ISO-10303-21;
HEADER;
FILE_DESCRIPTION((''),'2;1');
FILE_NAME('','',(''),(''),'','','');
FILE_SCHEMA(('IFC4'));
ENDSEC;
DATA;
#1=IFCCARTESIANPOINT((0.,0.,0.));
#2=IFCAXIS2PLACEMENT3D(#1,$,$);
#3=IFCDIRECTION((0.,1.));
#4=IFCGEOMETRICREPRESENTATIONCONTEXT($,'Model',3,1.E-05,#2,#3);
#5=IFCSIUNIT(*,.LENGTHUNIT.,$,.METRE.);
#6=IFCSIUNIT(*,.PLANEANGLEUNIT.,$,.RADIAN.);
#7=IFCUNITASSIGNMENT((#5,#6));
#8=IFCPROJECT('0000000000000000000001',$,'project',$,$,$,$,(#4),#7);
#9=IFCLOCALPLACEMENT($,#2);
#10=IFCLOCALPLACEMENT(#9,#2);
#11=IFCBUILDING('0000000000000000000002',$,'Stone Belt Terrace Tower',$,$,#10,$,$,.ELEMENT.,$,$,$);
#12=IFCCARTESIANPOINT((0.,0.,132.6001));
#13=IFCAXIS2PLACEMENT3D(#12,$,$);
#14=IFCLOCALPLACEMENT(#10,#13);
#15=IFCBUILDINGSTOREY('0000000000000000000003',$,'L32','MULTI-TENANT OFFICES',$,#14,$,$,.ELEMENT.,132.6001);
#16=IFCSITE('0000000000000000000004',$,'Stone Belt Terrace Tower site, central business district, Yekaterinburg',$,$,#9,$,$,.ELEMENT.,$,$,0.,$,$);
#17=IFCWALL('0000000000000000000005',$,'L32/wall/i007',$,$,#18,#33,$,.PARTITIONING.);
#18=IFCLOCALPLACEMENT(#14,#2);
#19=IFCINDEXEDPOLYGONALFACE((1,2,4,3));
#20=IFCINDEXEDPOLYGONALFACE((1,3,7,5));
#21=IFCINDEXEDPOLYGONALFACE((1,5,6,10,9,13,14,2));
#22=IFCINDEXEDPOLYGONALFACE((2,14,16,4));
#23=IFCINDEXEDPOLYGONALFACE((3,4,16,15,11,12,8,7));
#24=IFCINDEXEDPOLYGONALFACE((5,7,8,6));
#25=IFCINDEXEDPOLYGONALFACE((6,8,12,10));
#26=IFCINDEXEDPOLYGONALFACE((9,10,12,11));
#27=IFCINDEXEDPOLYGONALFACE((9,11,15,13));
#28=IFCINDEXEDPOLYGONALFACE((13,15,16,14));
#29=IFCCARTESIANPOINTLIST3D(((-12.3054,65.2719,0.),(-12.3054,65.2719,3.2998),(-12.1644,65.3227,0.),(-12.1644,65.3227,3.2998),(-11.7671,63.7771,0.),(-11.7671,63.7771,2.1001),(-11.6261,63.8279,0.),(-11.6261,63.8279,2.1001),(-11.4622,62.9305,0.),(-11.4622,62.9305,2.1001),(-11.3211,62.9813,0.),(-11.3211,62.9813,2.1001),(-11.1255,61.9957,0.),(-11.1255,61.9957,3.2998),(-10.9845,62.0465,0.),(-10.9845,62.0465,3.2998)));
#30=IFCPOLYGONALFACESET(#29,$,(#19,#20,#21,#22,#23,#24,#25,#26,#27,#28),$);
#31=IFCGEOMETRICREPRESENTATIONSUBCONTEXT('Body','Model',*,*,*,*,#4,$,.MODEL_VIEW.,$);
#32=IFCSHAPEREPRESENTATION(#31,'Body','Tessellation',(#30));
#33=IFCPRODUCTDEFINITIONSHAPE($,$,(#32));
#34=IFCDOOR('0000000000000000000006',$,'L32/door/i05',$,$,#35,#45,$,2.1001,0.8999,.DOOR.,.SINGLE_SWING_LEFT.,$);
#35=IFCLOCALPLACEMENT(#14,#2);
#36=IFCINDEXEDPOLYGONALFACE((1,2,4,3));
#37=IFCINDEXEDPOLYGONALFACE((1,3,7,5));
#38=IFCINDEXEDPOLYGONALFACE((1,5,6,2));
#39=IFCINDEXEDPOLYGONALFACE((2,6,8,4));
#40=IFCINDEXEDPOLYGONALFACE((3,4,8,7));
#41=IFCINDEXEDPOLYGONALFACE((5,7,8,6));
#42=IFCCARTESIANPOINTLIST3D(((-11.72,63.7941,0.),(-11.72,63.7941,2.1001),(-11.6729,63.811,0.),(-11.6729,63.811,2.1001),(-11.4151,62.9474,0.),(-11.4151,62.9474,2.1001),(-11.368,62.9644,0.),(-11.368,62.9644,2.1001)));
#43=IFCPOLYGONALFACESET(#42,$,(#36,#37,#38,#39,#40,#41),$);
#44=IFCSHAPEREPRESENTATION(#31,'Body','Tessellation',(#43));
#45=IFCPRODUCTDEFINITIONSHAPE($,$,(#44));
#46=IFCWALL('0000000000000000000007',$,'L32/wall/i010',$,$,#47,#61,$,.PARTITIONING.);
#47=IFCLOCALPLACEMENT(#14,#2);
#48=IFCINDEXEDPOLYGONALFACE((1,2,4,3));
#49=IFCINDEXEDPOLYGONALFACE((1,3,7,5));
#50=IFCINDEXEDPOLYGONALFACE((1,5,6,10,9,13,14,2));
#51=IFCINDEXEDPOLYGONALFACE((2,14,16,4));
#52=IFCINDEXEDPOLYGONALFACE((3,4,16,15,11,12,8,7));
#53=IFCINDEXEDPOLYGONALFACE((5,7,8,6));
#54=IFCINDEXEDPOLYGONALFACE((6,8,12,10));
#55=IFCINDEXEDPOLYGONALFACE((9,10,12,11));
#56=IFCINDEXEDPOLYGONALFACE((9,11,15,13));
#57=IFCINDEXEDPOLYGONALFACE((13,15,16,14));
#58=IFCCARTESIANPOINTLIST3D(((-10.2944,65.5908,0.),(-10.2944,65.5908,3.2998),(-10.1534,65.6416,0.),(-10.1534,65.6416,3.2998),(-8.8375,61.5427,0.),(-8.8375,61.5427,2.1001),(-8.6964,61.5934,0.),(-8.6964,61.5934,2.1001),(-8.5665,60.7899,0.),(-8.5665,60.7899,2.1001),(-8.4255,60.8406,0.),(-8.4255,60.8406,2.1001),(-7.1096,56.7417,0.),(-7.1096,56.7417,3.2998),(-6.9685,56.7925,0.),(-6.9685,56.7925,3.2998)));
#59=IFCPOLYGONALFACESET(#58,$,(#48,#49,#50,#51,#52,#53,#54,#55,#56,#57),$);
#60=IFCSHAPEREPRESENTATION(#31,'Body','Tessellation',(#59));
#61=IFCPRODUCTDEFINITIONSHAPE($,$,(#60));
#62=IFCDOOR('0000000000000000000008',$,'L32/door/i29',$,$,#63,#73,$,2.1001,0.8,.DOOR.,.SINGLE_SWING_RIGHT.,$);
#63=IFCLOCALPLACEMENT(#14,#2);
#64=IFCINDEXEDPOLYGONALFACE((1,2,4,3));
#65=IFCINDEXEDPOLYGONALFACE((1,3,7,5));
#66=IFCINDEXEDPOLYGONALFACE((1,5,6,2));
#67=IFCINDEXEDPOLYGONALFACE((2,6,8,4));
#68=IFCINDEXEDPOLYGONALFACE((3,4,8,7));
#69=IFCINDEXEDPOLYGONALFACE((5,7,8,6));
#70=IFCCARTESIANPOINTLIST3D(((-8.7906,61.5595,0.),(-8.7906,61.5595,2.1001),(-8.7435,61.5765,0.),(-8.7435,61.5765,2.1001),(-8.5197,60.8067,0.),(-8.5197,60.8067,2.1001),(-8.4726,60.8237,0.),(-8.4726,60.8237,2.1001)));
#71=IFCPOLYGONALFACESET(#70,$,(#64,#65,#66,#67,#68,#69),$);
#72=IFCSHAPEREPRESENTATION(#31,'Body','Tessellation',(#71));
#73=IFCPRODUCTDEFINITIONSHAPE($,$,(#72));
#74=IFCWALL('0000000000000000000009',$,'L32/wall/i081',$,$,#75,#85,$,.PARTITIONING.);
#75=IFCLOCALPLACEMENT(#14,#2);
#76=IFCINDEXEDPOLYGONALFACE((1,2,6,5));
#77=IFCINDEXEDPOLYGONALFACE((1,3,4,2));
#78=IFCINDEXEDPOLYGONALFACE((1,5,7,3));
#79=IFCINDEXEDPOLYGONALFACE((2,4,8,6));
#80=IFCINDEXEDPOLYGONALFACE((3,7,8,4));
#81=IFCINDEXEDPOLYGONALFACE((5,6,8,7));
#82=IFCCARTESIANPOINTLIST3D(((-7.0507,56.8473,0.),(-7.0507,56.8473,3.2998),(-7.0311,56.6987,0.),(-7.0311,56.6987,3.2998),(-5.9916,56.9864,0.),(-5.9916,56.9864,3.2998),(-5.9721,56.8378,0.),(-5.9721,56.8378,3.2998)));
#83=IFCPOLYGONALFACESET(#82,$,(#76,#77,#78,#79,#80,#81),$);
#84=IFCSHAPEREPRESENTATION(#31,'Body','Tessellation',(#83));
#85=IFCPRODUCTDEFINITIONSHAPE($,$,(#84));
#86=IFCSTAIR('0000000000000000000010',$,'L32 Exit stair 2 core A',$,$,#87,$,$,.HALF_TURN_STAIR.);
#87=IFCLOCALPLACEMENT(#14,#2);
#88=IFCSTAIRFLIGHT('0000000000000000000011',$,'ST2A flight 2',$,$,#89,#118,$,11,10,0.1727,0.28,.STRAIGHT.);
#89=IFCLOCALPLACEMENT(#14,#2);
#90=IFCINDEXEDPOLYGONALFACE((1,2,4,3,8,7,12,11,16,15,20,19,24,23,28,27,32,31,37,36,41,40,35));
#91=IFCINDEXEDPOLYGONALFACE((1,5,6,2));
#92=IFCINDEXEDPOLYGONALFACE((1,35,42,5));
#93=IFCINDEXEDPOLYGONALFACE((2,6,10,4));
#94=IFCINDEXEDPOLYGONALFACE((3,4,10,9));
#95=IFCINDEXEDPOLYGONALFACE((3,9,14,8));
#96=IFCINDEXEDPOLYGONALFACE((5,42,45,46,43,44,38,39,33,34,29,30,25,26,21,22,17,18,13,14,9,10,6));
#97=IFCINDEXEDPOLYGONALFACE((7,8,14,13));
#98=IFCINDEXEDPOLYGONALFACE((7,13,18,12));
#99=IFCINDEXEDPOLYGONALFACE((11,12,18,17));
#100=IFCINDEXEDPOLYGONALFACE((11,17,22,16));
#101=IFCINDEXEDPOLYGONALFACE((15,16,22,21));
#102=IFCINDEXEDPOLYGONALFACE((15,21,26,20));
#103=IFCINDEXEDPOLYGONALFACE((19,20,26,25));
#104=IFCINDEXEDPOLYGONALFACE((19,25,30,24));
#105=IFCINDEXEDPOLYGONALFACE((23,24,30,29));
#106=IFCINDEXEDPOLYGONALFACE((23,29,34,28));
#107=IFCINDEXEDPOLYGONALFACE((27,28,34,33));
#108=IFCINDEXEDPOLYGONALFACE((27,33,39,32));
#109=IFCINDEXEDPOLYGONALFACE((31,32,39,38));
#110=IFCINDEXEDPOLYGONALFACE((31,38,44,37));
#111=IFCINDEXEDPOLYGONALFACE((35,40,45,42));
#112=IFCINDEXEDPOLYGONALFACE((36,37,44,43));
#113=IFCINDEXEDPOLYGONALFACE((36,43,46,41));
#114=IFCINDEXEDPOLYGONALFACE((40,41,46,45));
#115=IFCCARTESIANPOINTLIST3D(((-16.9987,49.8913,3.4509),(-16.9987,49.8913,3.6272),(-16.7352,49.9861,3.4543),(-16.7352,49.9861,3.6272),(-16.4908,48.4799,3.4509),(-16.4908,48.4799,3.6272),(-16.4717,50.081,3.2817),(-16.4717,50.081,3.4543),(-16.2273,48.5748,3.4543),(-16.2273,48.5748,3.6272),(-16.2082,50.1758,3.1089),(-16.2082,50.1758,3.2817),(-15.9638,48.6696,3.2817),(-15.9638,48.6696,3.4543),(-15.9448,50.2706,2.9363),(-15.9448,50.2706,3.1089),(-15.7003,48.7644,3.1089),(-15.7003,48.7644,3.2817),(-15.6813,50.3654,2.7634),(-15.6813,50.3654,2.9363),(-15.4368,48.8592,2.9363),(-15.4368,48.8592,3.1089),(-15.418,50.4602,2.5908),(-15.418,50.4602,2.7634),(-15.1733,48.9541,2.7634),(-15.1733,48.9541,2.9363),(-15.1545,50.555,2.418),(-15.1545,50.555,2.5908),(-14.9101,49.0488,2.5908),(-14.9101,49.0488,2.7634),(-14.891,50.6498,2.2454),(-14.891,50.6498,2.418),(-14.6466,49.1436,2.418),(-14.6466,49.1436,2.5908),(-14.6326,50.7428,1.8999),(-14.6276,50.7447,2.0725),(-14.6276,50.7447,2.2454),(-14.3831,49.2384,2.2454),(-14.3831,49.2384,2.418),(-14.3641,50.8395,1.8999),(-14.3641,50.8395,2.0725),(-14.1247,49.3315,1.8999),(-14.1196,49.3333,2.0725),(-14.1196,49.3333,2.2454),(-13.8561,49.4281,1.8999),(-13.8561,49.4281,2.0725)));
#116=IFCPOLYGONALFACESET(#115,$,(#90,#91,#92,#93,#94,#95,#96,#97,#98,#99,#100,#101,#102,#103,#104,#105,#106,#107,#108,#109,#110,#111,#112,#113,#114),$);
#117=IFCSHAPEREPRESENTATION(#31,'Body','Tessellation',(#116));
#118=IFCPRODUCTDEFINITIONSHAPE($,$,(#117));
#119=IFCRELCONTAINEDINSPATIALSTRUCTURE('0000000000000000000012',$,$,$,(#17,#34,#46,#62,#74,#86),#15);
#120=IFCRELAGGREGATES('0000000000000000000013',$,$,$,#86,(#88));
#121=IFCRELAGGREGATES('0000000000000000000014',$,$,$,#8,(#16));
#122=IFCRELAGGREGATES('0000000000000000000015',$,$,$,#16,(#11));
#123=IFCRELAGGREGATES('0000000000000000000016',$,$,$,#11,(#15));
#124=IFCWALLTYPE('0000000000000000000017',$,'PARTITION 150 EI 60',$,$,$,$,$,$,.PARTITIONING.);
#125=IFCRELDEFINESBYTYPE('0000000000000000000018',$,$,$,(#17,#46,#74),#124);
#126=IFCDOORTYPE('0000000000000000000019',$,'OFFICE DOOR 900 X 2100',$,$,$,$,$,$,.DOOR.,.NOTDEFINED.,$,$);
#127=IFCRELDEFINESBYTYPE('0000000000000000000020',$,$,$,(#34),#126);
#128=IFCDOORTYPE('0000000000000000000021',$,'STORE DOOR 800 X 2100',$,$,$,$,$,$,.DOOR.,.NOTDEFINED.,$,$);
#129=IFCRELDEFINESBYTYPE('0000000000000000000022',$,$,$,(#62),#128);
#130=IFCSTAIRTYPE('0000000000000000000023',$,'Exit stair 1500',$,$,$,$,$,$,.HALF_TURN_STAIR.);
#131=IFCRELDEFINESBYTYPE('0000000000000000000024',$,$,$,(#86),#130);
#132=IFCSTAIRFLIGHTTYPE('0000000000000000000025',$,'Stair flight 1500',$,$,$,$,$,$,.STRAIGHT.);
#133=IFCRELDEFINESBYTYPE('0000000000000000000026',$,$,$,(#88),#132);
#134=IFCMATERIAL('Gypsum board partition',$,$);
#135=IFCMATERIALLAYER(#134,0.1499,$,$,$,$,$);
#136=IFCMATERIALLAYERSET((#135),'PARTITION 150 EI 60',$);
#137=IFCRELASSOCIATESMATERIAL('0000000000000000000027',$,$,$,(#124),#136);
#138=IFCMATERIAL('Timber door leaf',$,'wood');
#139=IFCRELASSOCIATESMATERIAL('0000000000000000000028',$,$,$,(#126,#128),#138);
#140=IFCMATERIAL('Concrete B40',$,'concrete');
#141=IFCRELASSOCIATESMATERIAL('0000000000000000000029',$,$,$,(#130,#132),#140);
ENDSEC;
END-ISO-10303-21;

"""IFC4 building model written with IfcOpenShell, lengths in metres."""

from ifc_helpers import new_model, si_unit, direction, frame, frame_2d, origin, place, context, subcontext, project, spatial, polyline, rectangle, outline, extrude, material, layer, layer_set, type_object, element, fill, aggregate, save


model = new_model("IFC4")

# Units and contexts
model_context = context("Model", 3, precision=1e-05, world=origin(), true_north=direction((0.0, 1.0)))
body_context = subcontext(model_context, "Body", "Model", "MODEL_VIEW")
ifc_project = project(units=[si_unit("LENGTHUNIT", "METRE"), si_unit("PLANEANGLEUNIT", "RADIAN")], contexts=[model_context])

# Site, building, storey
site_placement = place(None, origin())
site = spatial("IfcSite", under=ifc_project, at=site_placement, Name="Stone Belt Terrace Tower site, central business district, Yekaterinburg", CompositionType="ELEMENT", RefElevation=0.0)
building_placement = place(site_placement, origin())
building = spatial("IfcBuilding", under=site, at=building_placement, Name="Stone Belt Terrace Tower", CompositionType="ELEMENT")
storey_placement = place(building_placement, frame((0.0, 0.0, 132.6001)))
storey = spatial("IfcBuildingStorey", under=building, at=storey_placement, Name="L32", Description="MULTI-TENANT OFFICES", CompositionType="ELEMENT", Elevation=132.6001)

# Shared definitions
ifc_material_1 = material(Name="Timber door leaf", Category="wood")

# Walls, openings, doors
ifc_material_2 = material(Name="Gypsum board partition")
ifc_layer_1 = layer(ifc_material_2, 0.1499)
ifc_layer_set_1 = layer_set([ifc_layer_1], Name="PARTITION 150 EI 60")
wall_type_1 = type_object("IfcWallType", Name="PARTITION 150 EI 60", PredefinedType="PARTITIONING", material=ifc_layer_set_1)
wall_1_placement = place(storey_placement, frame((-11.0549, 62.021, 0.0), z_axis=(0.0, 0.0, 1.0), x_axis=(-0.338854, 0.940839, 0.0)))
wall_1 = element("IfcWall", 1, at=wall_1_placement, inside=storey, type_object=wall_type_1, Name="L32/wall/i007", PredefinedType="PARTITIONING", context=body_context, shape_type="SweptSolid", body=[
    extrude(rectangle(XDim=3.4822, YDim=0.1499, at=frame_2d((1.7412, 0.0))), origin(), (0.0, 0.0, 1.0), 3.2998),
])
opening_1_placement = place(wall_1_placement, frame((0.9937, 0.0, 0.0)))
opening_1 = element("IfcOpeningElement", 2, at=opening_1_placement, cuts=wall_1, PredefinedType="OPENING", context=body_context, shape_type="SweptSolid", body=[
    extrude(rectangle(XDim=0.8999, YDim=2.1001, at=frame_2d((0.45, 1.05))), frame((0.0, 0.085, 0.0), z_axis=(0.0, -1.0, 0.0), x_axis=(1.0, 0.0, 0.0)), (0.0, 0.0, 1.0), 0.1699),
])
door_type_1 = type_object("IfcDoorType", Name="OFFICE DOOR 900 X 2100", OperationType="NOTDEFINED", PredefinedType="DOOR", material=ifc_material_1)
door_1_placement = place(opening_1_placement, origin())
door_1 = element("IfcDoor", 3, at=door_1_placement, inside=storey, type_object=door_type_1, Name="L32/door/i05", OperationType="SINGLE_SWING_LEFT", OverallHeight=2.1001, OverallWidth=0.8999, PredefinedType="DOOR", context=body_context, shape_type="SweptSolid", body=[
    extrude(rectangle(XDim=0.8999, YDim=2.1001, at=frame_2d((0.45, 1.05))), frame((0.0, 0.0249, 0.0), z_axis=(0.0, -1.0, 0.0), x_axis=(1.0, 0.0, 0.0)), (0.0, 0.0, 1.0), 0.05),
])
fill(opening_1, door_1)
wall_2_placement = place(storey_placement, frame((-10.2239, 65.6162, 0.0), z_axis=(0.0, 0.0, 1.0), x_axis=(0.338638, -0.940917, 0.0)))
wall_2 = element("IfcWall", 4, at=wall_2_placement, inside=storey, type_object=wall_type_1, Name="L32/wall/i010", PredefinedType="PARTITIONING", context=body_context, shape_type="SweptSolid", body=[
    extrude(rectangle(XDim=9.4048, YDim=0.1499, at=frame_2d((4.7024, 0.0))), origin(), (0.0, 0.0, 1.0), 3.2998),
])
opening_2_placement = place(wall_2_placement, frame((4.3025, 0.0, 0.0)))
opening_2 = element("IfcOpeningElement", 5, at=opening_2_placement, cuts=wall_2, PredefinedType="OPENING", context=body_context, shape_type="SweptSolid", body=[
    extrude(rectangle(XDim=0.8, YDim=2.1001, at=frame_2d((0.3999, 1.05))), frame((0.0, 0.085, 0.0), z_axis=(0.0, -1.0, 0.0), x_axis=(1.0, 0.0, 0.0)), (0.0, 0.0, 1.0), 0.1699),
])
door_type_2 = type_object("IfcDoorType", Name="STORE DOOR 800 X 2100", OperationType="NOTDEFINED", PredefinedType="DOOR", material=ifc_material_1)
door_2_placement = place(opening_2_placement, origin())
door_2 = element("IfcDoor", 6, at=door_2_placement, inside=storey, type_object=door_type_2, Name="L32/door/i29", OperationType="SINGLE_SWING_RIGHT", OverallHeight=2.1001, OverallWidth=0.8, PredefinedType="DOOR", context=body_context, shape_type="SweptSolid", body=[
    extrude(rectangle(XDim=0.8, YDim=2.1001, at=frame_2d((0.3999, 1.05))), frame((0.0, 0.0249, 0.0), z_axis=(0.0, -1.0, 0.0), x_axis=(1.0, 0.0, 0.0)), (0.0, 0.0, 1.0), 0.05),
])
fill(opening_2, door_2)

# Wall
wall_3_placement = place(storey_placement, frame((-7.041, 56.7729, 0.0), z_axis=(0.0, 0.0, 1.0), x_axis=(0.991478, 0.130277, 0.0)))
element("IfcWall", 7, at=wall_3_placement, inside=storey, type_object=wall_type_1, Name="L32/wall/i081", PredefinedType="PARTITIONING", context=body_context, shape_type="SweptSolid", body=[
    extrude(rectangle(XDim=1.0681, YDim=0.1499, at=frame_2d((0.5342, 0.0))), origin(), (0.0, 0.0, 1.0), 3.2998),
])

# Stair, stair flight
ifc_material_3 = material(Name="Concrete B40", Category="concrete")
stair_type = type_object("IfcStairType", Name="Exit stair 1500", PredefinedType="HALF_TURN_STAIR", material=ifc_material_3)
stair_placement = place(storey_placement, origin())
stair = element("IfcStair", 8, at=stair_placement, inside=storey, type_object=stair_type, Name="L32 Exit stair 2 core A", PredefinedType="HALF_TURN_STAIR")
stair_flight_type = type_object("IfcStairFlightType", Name="Stair flight 1500", PredefinedType="STRAIGHT", material=ifc_material_3)
stair_flight_placement = place(storey_placement, frame((-14.1101, 50.1338, 1.8999), z_axis=(0.0, 0.0, 1.0), x_axis=(-0.940922, -0.338624, 0.0)))
stair_flight = element("IfcStairFlight", 9, at=stair_flight_placement, type_object=stair_flight_type, Name="ST2A flight 2", NumberOfRisers=11, NumberOfTreads=10, PredefinedType="STRAIGHT", RiserHeight=0.1727, TreadLength=0.28, context=body_context, shape_type="SweptSolid", body=[
    extrude(outline(polyline([(0.0, 0.0), (0.0, 0.1726), (0.28, 0.1726), (0.28, 0.3455), (0.5601, 0.3455), (0.5601, 0.5181), (0.8401, 0.5181), (0.8401, 0.6909), (1.1201, 0.6909), (1.1201, 0.8635), (1.3999, 0.8635), (1.3999, 1.0364), (1.6799, 1.0364), (1.6799, 1.209), (1.96, 1.209), (1.96, 1.3818), (2.24, 1.3818), (2.24, 1.5544), (2.52, 1.5544), (2.52, 1.7273), (2.8, 1.7273), (2.8, 1.8999), (2.8, 1.551), (0.2854, 0.0), (0.0, 0.0)])), frame((0.0, 0.75, 0.0), z_axis=(0.0, -1.0, 0.0), x_axis=(1.0, 0.0, 0.0)), (0.0, 0.0, 1.0), 1.5),
])
aggregate(stair, [stair_flight])

save(model, "model.ifc")
